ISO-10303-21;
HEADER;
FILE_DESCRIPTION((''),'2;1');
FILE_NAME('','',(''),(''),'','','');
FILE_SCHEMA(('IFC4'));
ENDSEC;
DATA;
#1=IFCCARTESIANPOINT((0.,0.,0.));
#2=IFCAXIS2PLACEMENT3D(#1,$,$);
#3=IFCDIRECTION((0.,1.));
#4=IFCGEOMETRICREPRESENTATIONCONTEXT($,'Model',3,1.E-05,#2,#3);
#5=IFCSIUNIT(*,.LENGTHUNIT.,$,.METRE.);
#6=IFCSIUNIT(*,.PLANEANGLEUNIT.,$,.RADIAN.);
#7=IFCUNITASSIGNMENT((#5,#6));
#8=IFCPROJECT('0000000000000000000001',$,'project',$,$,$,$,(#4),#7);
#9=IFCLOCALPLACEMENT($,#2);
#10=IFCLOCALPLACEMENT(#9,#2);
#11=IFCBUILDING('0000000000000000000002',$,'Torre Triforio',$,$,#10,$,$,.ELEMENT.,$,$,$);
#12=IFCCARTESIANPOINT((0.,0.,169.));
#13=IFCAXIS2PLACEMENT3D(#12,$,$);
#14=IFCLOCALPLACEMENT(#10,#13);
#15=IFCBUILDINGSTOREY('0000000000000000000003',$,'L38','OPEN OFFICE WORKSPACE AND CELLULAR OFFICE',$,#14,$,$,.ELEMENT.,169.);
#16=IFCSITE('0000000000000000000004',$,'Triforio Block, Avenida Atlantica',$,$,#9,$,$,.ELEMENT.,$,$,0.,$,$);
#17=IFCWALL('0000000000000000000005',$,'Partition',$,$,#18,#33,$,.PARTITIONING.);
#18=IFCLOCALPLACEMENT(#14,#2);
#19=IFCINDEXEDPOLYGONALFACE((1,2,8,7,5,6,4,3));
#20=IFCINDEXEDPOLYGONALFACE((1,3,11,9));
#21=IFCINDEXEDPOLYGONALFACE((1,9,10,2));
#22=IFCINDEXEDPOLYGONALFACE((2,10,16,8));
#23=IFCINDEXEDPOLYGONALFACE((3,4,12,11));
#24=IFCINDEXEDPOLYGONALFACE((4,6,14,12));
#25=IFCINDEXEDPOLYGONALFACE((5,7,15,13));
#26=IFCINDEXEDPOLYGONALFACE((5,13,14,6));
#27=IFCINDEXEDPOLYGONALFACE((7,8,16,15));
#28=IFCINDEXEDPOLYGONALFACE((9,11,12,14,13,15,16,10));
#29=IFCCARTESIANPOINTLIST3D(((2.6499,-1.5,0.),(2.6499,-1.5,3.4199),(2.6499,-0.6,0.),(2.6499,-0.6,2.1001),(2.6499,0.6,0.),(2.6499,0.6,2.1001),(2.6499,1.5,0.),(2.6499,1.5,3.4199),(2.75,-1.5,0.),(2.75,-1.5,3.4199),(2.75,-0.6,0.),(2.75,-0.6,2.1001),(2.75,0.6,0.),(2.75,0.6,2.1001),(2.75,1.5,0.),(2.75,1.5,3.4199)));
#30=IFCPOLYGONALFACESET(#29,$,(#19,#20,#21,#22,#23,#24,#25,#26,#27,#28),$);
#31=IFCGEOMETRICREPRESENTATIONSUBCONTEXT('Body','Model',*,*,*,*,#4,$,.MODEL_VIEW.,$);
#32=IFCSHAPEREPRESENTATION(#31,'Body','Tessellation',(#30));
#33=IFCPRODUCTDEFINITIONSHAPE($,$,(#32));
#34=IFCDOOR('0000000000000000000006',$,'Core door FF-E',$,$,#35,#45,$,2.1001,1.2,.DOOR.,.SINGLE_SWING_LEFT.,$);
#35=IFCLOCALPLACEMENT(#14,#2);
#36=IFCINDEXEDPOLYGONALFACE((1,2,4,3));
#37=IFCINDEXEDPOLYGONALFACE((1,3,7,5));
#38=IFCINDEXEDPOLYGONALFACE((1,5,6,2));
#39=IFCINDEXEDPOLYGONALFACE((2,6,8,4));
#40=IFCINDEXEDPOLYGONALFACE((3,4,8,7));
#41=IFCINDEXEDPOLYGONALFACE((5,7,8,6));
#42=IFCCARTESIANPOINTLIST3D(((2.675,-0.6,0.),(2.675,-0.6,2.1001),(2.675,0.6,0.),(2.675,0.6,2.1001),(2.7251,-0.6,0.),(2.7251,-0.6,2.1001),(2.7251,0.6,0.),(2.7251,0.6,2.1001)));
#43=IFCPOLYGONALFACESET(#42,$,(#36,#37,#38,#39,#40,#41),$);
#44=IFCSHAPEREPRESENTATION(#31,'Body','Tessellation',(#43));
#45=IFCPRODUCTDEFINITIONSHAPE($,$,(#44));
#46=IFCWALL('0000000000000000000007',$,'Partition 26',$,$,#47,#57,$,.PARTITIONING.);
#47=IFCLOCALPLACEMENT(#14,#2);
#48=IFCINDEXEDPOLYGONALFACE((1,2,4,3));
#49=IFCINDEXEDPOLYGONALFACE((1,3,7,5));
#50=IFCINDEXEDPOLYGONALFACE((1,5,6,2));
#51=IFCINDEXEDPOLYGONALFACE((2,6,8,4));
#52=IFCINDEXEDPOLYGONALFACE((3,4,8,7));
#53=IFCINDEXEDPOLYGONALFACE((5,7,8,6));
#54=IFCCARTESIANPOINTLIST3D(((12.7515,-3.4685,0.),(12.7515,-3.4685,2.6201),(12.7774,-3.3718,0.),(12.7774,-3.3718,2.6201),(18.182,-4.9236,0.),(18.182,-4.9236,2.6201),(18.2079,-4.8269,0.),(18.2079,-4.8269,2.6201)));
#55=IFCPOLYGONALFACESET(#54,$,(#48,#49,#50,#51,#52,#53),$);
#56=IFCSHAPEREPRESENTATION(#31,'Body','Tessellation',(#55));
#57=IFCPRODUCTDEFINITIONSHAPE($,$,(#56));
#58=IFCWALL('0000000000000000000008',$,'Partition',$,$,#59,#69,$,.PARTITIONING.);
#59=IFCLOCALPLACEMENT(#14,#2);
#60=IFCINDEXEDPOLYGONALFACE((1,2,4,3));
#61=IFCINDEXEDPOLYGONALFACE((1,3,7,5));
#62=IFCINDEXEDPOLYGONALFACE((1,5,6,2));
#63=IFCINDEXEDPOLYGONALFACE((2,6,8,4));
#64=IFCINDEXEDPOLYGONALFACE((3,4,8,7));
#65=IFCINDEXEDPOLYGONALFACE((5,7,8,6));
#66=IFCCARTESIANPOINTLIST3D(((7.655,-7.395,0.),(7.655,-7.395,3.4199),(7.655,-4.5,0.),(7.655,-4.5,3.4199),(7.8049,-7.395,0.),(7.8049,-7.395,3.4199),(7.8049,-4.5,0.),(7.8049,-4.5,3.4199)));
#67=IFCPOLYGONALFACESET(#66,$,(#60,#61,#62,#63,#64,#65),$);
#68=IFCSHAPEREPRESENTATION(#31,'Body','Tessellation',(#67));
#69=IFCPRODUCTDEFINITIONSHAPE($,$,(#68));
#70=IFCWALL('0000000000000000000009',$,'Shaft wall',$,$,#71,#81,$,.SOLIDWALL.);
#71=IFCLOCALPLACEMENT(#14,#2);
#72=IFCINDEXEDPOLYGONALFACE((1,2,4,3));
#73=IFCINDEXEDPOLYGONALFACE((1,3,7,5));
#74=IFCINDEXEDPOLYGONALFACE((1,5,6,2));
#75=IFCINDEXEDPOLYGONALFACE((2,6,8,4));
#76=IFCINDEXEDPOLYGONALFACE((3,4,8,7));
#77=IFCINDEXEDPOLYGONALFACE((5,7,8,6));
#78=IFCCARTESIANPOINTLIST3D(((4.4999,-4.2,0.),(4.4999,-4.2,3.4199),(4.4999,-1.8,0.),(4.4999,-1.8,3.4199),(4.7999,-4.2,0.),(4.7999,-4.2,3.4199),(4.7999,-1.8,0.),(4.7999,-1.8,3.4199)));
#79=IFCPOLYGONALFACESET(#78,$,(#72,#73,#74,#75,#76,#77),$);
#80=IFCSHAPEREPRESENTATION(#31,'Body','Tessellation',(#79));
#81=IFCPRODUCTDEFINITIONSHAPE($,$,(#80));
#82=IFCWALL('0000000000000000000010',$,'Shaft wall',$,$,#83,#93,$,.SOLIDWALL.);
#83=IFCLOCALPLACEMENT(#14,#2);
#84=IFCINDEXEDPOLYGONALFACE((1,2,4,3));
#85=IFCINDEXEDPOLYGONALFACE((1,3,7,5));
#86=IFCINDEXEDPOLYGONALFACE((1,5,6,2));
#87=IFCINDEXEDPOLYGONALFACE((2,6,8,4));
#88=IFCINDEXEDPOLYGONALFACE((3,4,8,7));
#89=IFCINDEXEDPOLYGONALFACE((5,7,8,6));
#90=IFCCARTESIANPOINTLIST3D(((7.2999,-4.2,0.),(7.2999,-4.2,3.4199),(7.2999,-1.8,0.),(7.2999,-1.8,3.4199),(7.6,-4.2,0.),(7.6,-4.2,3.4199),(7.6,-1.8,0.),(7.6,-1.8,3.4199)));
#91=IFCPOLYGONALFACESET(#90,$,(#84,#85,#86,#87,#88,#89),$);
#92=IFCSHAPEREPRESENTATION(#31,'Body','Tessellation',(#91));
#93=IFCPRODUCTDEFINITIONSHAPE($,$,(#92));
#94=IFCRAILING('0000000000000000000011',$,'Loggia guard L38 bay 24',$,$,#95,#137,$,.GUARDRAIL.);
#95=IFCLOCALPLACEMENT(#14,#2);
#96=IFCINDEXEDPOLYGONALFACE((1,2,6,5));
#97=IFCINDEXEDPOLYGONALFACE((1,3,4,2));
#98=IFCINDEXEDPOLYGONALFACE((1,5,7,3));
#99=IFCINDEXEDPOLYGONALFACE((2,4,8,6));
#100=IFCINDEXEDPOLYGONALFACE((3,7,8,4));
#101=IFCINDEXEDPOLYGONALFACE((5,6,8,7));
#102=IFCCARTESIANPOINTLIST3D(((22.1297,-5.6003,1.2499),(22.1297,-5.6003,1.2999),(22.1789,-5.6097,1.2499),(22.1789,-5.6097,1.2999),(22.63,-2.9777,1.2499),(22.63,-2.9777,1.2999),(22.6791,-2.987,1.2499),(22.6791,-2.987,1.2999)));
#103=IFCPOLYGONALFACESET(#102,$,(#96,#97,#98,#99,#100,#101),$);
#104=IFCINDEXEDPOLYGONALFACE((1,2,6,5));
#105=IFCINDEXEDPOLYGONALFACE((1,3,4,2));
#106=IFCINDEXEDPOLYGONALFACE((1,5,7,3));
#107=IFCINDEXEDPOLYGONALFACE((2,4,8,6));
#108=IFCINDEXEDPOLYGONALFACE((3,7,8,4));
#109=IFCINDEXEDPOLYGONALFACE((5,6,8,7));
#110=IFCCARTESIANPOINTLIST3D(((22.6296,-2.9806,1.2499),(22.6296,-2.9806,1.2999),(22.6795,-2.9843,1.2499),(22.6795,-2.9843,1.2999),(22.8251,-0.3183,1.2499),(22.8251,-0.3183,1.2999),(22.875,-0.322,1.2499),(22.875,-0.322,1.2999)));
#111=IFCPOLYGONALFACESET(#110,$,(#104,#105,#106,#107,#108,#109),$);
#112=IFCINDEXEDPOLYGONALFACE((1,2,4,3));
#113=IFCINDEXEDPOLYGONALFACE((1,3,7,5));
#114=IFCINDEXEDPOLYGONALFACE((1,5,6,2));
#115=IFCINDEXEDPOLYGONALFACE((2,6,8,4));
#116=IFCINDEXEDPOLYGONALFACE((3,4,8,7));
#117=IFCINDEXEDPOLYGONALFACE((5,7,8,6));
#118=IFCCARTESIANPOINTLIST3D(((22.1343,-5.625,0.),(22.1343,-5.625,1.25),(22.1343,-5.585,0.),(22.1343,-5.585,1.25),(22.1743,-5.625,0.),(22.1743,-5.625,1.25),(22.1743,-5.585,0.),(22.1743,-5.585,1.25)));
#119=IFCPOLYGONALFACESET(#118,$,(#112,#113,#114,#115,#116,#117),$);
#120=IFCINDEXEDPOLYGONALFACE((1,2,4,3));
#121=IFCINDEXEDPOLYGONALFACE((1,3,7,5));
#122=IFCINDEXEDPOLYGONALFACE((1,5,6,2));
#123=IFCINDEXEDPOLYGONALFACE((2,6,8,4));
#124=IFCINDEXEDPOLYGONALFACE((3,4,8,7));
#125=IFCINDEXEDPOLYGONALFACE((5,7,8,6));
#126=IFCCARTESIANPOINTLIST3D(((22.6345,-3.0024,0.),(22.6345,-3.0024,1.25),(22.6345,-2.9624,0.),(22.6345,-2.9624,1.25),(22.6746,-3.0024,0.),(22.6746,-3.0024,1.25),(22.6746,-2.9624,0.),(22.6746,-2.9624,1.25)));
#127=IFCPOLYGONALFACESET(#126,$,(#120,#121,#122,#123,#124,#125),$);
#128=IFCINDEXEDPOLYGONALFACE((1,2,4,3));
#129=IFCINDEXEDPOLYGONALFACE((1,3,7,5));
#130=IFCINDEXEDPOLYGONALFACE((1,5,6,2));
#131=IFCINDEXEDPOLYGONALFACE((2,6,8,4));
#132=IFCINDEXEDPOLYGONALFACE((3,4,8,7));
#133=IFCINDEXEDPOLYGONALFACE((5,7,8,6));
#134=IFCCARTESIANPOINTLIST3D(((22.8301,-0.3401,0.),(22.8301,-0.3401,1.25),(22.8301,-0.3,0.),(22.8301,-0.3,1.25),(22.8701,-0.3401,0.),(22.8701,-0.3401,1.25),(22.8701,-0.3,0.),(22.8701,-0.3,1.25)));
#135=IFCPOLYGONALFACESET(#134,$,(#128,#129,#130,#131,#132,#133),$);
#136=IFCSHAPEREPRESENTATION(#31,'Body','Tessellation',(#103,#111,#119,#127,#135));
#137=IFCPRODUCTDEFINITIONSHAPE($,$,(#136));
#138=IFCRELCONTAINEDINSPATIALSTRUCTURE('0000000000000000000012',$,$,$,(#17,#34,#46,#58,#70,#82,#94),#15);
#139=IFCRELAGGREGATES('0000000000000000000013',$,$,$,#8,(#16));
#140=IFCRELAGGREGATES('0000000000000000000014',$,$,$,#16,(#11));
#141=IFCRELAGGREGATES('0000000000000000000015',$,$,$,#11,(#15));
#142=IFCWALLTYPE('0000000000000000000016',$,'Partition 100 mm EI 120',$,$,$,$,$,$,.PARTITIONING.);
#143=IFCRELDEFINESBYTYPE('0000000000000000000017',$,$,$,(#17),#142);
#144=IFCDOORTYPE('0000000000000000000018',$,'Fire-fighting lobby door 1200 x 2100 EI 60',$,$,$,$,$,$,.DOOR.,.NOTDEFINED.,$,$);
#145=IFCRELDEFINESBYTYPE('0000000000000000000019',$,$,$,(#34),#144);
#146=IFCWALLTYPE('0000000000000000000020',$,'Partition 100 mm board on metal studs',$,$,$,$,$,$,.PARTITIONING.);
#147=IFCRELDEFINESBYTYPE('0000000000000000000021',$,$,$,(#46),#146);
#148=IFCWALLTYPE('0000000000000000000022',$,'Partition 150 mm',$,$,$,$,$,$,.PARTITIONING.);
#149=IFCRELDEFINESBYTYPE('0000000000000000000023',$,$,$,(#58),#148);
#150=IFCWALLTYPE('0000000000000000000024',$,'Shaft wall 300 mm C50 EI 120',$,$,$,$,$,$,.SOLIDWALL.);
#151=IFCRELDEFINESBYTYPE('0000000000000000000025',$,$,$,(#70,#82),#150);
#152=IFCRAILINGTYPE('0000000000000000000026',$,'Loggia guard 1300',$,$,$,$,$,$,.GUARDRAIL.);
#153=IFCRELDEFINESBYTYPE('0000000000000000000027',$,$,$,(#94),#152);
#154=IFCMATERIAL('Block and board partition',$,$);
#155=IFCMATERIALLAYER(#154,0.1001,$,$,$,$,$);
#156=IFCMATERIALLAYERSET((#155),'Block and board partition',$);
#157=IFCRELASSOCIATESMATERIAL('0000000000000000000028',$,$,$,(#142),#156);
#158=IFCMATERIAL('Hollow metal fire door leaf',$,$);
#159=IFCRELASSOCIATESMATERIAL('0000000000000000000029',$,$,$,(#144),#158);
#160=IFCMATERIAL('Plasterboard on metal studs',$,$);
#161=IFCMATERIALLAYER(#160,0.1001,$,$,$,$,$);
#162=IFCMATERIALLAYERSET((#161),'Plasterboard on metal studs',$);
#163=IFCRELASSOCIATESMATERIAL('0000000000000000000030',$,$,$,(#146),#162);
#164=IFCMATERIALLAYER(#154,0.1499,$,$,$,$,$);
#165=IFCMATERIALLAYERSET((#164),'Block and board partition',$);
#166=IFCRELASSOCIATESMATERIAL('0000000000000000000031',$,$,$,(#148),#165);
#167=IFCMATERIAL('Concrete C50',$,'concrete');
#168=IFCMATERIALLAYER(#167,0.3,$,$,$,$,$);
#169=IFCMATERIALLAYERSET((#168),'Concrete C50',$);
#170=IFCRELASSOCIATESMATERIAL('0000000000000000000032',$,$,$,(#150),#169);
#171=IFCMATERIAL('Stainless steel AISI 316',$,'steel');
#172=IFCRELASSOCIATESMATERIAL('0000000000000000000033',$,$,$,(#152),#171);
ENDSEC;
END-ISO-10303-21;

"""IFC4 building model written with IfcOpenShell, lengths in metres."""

from ifc_helpers import new_model, si_unit, direction, frame, frame_2d, origin, origin_2d, place, context, subcontext, project, spatial, rectangle, extrude, material, layer, layer_set, type_object, element, fill, save


model = new_model("IFC4")

# Units and contexts
model_context = context("Model", 3, precision=1e-05, world=origin(), true_north=direction((0.0, 1.0)))
body_context = subcontext(model_context, "Body", "Model", "MODEL_VIEW")
ifc_project = project(units=[si_unit("LENGTHUNIT", "METRE"), si_unit("PLANEANGLEUNIT", "RADIAN")], contexts=[model_context])

# Site, building, storey
site_placement = place(None, origin())
site = spatial("IfcSite", under=ifc_project, at=site_placement, Name="Triforio Block, Avenida Atlantica", CompositionType="ELEMENT", RefElevation=0.0)
building_placement = place(site_placement, origin())
building = spatial("IfcBuilding", under=site, at=building_placement, Name="Torre Triforio", CompositionType="ELEMENT")
storey_placement = place(building_placement, frame((0.0, 0.0, 169.0)))
storey = spatial("IfcBuildingStorey", under=building, at=storey_placement, Name="L38", Description="OPEN OFFICE WORKSPACE AND CELLULAR OFFICE", CompositionType="ELEMENT", Elevation=169.0)

# Shared definitions
ifc_material_1 = material(Name="Concrete C50", Category="concrete")

# Wall, opening, door
ifc_material_2 = material(Name="Hollow metal fire door leaf")
ifc_material_3 = material(Name="Plasterboard on metal studs")
ifc_material_4 = material(Name="Block and board partition")
ifc_layer_1 = layer(ifc_material_4, 0.1001)
ifc_layer_set_1 = layer_set([ifc_layer_1], Name="Block and board partition")
wall_type_1 = type_object("IfcWallType", Name="Partition 100 mm EI 120", PredefinedType="PARTITIONING", material=ifc_layer_set_1)
wall_1_placement = place(storey_placement, frame((2.7, -1.5, 0.0), z_axis=(0.0, 0.0, 1.0), x_axis=(0.0, 1.0, 0.0)))
wall_1 = element("IfcWall", 1, at=wall_1_placement, inside=storey, type_object=wall_type_1, Name="Partition", PredefinedType="PARTITIONING", context=body_context, shape_type="SweptSolid", body=[
    extrude(rectangle(XDim=3.0, YDim=0.1001, at=frame_2d((1.5, 0.0))), origin(), (0.0, 0.0, 1.0), 3.4199),
])
opening_1_placement = place(wall_1_placement, frame((0.8999, 0.0, 0.0)))
opening_1 = element("IfcOpeningElement", 2, at=opening_1_placement, cuts=wall_1, PredefinedType="OPENING", context=body_context, shape_type="SweptSolid", body=[
    extrude(rectangle(XDim=1.2, YDim=2.1001, at=frame_2d((0.6001, 1.05))), frame((0.0, 0.0601, 0.0), z_axis=(0.0, -1.0, 0.0), x_axis=(1.0, 0.0, 0.0)), (0.0, 0.0, 1.0), 0.1201),
])
door_type_1 = type_object("IfcDoorType", Name="Fire-fighting lobby door 1200 x 2100 EI 60", OperationType="NOTDEFINED", PredefinedType="DOOR", material=ifc_material_2)
door_1_placement = place(opening_1_placement, origin())
door_1 = element("IfcDoor", 3, at=door_1_placement, inside=storey, type_object=door_type_1, Name="Core door FF-E", OperationType="SINGLE_SWING_LEFT", OverallHeight=2.1001, OverallWidth=1.2, PredefinedType="DOOR", context=body_context, shape_type="SweptSolid", body=[
    extrude(rectangle(XDim=1.2, YDim=2.1001, at=frame_2d((0.6001, 1.05))), frame((0.0, 0.0249, 0.0), z_axis=(0.0, -1.0, 0.0), x_axis=(1.0, 0.0, 0.0)), (0.0, 0.0, 1.0), 0.05),
])
fill(opening_1, door_1)

# Walls
ifc_layer_2 = layer(ifc_material_3, 0.1001)
ifc_layer_set_2 = layer_set([ifc_layer_2], Name="Plasterboard on metal studs")
wall_type_2 = type_object("IfcWallType", Name="Partition 100 mm board on metal studs", PredefinedType="PARTITIONING", material=ifc_layer_set_2)
wall_2_placement = place(storey_placement, frame((12.7644, -3.4202, 0.0), z_axis=(0.0, 0.0, 1.0), x_axis=(0.965926, -0.258819, 0.0)))
element("IfcWall", 4, at=wall_2_placement, inside=storey, type_object=wall_type_2, Name="Partition 26", PredefinedType="PARTITIONING", context=body_context, shape_type="SweptSolid", body=[
    extrude(rectangle(XDim=5.6221, YDim=0.1001, at=frame_2d((2.811, 0.0))), origin(), (0.0, 0.0, 1.0), 2.6201),
])
ifc_layer_3 = layer(ifc_material_4, 0.1499)
ifc_layer_set_3 = layer_set([ifc_layer_3], Name="Block and board partition")
wall_type_3 = type_object("IfcWallType", Name="Partition 150 mm", PredefinedType="PARTITIONING", material=ifc_layer_set_3)
wall_3_placement = place(storey_placement, frame((7.73, -7.395, 0.0), z_axis=(0.0, 0.0, 1.0), x_axis=(0.0, 1.0, 0.0)))
element("IfcWall", 5, at=wall_3_placement, inside=storey, type_object=wall_type_3, Name="Partition", PredefinedType="PARTITIONING", context=body_context, shape_type="SweptSolid", body=[
    extrude(rectangle(XDim=2.895, YDim=0.1499, at=frame_2d((1.4475, 0.0))), origin(), (0.0, 0.0, 1.0), 3.4199),
])
ifc_layer_4 = layer(ifc_material_1, 0.3)
ifc_layer_set_4 = layer_set([ifc_layer_4], Name="Concrete C50")
wall_type_4 = type_object("IfcWallType", Name="Shaft wall 300 mm C50 EI 120", PredefinedType="SOLIDWALL", material=ifc_layer_set_4)
for number, where, z_axis, x_axis, name in (
    (6, (4.6499, -4.2, 0.0), (0.0, 0.0, 1.0), (0.0, 1.0, 0.0), "Shaft wall"),
    (7, (7.45, -4.2, 0.0), (0.0, 0.0, 1.0), (0.0, 1.0, 0.0), "Shaft wall"),
):
    element("IfcWall", number, at=place(storey_placement, frame(where, z_axis=z_axis, x_axis=x_axis)), inside=storey, type_object=wall_type_4, Name=name, PredefinedType="SOLIDWALL", context=body_context, shape_type="SweptSolid", body=[
        extrude(rectangle(XDim=2.3999, YDim=0.3, at=frame_2d((1.2, 0.0))), origin(), (0.0, 0.0, 1.0), 3.4199),
    ])

# Railing
ifc_material_5 = material(Name="Stainless steel AISI 316", Category="steel")
railing_type = type_object("IfcRailingType", Name="Loggia guard 1300", PredefinedType="GUARDRAIL", material=ifc_material_5)
railing_placement = place(storey_placement, frame((22.1543, -5.605, 0.0)))
element("IfcRailing", 8, at=railing_placement, inside=storey, type_object=railing_type, Name="Loggia guard L38 bay 24", PredefinedType="GUARDRAIL", context=body_context, shape_type="SweptSolid", body=[
    extrude(rectangle(XDim=0.05, YDim=0.05, at=origin_2d()), frame((0.0, 0.0, 1.2749), z_axis=(0.187368, 0.98229, 0.0), x_axis=(-0.98229, 0.187368, 0.0)), (0.0, 0.0, 1.0), 2.6699),
    extrude(rectangle(XDim=0.05, YDim=0.05, at=origin_2d()), frame((0.5002, 2.6226, 1.2749), z_axis=(0.073255, 0.997313, 0.0), x_axis=(-0.997313, 0.073255, 0.0)), (0.0, 0.0, 1.0), 2.6694),
    extrude(rectangle(XDim=0.04, YDim=0.04, at=origin_2d()), origin(), (0.0, 0.0, 1.0), 1.25),
    extrude(rectangle(XDim=0.04, YDim=0.04, at=origin_2d()), frame((0.5002, 2.6226, 0.0)), (0.0, 0.0, 1.0), 1.25),
    extrude(rectangle(XDim=0.04, YDim=0.04, at=origin_2d()), frame((0.6958, 5.2849, 0.0)), (0.0, 0.0, 1.0), 1.25),
])

save(model, "model.ifc")
